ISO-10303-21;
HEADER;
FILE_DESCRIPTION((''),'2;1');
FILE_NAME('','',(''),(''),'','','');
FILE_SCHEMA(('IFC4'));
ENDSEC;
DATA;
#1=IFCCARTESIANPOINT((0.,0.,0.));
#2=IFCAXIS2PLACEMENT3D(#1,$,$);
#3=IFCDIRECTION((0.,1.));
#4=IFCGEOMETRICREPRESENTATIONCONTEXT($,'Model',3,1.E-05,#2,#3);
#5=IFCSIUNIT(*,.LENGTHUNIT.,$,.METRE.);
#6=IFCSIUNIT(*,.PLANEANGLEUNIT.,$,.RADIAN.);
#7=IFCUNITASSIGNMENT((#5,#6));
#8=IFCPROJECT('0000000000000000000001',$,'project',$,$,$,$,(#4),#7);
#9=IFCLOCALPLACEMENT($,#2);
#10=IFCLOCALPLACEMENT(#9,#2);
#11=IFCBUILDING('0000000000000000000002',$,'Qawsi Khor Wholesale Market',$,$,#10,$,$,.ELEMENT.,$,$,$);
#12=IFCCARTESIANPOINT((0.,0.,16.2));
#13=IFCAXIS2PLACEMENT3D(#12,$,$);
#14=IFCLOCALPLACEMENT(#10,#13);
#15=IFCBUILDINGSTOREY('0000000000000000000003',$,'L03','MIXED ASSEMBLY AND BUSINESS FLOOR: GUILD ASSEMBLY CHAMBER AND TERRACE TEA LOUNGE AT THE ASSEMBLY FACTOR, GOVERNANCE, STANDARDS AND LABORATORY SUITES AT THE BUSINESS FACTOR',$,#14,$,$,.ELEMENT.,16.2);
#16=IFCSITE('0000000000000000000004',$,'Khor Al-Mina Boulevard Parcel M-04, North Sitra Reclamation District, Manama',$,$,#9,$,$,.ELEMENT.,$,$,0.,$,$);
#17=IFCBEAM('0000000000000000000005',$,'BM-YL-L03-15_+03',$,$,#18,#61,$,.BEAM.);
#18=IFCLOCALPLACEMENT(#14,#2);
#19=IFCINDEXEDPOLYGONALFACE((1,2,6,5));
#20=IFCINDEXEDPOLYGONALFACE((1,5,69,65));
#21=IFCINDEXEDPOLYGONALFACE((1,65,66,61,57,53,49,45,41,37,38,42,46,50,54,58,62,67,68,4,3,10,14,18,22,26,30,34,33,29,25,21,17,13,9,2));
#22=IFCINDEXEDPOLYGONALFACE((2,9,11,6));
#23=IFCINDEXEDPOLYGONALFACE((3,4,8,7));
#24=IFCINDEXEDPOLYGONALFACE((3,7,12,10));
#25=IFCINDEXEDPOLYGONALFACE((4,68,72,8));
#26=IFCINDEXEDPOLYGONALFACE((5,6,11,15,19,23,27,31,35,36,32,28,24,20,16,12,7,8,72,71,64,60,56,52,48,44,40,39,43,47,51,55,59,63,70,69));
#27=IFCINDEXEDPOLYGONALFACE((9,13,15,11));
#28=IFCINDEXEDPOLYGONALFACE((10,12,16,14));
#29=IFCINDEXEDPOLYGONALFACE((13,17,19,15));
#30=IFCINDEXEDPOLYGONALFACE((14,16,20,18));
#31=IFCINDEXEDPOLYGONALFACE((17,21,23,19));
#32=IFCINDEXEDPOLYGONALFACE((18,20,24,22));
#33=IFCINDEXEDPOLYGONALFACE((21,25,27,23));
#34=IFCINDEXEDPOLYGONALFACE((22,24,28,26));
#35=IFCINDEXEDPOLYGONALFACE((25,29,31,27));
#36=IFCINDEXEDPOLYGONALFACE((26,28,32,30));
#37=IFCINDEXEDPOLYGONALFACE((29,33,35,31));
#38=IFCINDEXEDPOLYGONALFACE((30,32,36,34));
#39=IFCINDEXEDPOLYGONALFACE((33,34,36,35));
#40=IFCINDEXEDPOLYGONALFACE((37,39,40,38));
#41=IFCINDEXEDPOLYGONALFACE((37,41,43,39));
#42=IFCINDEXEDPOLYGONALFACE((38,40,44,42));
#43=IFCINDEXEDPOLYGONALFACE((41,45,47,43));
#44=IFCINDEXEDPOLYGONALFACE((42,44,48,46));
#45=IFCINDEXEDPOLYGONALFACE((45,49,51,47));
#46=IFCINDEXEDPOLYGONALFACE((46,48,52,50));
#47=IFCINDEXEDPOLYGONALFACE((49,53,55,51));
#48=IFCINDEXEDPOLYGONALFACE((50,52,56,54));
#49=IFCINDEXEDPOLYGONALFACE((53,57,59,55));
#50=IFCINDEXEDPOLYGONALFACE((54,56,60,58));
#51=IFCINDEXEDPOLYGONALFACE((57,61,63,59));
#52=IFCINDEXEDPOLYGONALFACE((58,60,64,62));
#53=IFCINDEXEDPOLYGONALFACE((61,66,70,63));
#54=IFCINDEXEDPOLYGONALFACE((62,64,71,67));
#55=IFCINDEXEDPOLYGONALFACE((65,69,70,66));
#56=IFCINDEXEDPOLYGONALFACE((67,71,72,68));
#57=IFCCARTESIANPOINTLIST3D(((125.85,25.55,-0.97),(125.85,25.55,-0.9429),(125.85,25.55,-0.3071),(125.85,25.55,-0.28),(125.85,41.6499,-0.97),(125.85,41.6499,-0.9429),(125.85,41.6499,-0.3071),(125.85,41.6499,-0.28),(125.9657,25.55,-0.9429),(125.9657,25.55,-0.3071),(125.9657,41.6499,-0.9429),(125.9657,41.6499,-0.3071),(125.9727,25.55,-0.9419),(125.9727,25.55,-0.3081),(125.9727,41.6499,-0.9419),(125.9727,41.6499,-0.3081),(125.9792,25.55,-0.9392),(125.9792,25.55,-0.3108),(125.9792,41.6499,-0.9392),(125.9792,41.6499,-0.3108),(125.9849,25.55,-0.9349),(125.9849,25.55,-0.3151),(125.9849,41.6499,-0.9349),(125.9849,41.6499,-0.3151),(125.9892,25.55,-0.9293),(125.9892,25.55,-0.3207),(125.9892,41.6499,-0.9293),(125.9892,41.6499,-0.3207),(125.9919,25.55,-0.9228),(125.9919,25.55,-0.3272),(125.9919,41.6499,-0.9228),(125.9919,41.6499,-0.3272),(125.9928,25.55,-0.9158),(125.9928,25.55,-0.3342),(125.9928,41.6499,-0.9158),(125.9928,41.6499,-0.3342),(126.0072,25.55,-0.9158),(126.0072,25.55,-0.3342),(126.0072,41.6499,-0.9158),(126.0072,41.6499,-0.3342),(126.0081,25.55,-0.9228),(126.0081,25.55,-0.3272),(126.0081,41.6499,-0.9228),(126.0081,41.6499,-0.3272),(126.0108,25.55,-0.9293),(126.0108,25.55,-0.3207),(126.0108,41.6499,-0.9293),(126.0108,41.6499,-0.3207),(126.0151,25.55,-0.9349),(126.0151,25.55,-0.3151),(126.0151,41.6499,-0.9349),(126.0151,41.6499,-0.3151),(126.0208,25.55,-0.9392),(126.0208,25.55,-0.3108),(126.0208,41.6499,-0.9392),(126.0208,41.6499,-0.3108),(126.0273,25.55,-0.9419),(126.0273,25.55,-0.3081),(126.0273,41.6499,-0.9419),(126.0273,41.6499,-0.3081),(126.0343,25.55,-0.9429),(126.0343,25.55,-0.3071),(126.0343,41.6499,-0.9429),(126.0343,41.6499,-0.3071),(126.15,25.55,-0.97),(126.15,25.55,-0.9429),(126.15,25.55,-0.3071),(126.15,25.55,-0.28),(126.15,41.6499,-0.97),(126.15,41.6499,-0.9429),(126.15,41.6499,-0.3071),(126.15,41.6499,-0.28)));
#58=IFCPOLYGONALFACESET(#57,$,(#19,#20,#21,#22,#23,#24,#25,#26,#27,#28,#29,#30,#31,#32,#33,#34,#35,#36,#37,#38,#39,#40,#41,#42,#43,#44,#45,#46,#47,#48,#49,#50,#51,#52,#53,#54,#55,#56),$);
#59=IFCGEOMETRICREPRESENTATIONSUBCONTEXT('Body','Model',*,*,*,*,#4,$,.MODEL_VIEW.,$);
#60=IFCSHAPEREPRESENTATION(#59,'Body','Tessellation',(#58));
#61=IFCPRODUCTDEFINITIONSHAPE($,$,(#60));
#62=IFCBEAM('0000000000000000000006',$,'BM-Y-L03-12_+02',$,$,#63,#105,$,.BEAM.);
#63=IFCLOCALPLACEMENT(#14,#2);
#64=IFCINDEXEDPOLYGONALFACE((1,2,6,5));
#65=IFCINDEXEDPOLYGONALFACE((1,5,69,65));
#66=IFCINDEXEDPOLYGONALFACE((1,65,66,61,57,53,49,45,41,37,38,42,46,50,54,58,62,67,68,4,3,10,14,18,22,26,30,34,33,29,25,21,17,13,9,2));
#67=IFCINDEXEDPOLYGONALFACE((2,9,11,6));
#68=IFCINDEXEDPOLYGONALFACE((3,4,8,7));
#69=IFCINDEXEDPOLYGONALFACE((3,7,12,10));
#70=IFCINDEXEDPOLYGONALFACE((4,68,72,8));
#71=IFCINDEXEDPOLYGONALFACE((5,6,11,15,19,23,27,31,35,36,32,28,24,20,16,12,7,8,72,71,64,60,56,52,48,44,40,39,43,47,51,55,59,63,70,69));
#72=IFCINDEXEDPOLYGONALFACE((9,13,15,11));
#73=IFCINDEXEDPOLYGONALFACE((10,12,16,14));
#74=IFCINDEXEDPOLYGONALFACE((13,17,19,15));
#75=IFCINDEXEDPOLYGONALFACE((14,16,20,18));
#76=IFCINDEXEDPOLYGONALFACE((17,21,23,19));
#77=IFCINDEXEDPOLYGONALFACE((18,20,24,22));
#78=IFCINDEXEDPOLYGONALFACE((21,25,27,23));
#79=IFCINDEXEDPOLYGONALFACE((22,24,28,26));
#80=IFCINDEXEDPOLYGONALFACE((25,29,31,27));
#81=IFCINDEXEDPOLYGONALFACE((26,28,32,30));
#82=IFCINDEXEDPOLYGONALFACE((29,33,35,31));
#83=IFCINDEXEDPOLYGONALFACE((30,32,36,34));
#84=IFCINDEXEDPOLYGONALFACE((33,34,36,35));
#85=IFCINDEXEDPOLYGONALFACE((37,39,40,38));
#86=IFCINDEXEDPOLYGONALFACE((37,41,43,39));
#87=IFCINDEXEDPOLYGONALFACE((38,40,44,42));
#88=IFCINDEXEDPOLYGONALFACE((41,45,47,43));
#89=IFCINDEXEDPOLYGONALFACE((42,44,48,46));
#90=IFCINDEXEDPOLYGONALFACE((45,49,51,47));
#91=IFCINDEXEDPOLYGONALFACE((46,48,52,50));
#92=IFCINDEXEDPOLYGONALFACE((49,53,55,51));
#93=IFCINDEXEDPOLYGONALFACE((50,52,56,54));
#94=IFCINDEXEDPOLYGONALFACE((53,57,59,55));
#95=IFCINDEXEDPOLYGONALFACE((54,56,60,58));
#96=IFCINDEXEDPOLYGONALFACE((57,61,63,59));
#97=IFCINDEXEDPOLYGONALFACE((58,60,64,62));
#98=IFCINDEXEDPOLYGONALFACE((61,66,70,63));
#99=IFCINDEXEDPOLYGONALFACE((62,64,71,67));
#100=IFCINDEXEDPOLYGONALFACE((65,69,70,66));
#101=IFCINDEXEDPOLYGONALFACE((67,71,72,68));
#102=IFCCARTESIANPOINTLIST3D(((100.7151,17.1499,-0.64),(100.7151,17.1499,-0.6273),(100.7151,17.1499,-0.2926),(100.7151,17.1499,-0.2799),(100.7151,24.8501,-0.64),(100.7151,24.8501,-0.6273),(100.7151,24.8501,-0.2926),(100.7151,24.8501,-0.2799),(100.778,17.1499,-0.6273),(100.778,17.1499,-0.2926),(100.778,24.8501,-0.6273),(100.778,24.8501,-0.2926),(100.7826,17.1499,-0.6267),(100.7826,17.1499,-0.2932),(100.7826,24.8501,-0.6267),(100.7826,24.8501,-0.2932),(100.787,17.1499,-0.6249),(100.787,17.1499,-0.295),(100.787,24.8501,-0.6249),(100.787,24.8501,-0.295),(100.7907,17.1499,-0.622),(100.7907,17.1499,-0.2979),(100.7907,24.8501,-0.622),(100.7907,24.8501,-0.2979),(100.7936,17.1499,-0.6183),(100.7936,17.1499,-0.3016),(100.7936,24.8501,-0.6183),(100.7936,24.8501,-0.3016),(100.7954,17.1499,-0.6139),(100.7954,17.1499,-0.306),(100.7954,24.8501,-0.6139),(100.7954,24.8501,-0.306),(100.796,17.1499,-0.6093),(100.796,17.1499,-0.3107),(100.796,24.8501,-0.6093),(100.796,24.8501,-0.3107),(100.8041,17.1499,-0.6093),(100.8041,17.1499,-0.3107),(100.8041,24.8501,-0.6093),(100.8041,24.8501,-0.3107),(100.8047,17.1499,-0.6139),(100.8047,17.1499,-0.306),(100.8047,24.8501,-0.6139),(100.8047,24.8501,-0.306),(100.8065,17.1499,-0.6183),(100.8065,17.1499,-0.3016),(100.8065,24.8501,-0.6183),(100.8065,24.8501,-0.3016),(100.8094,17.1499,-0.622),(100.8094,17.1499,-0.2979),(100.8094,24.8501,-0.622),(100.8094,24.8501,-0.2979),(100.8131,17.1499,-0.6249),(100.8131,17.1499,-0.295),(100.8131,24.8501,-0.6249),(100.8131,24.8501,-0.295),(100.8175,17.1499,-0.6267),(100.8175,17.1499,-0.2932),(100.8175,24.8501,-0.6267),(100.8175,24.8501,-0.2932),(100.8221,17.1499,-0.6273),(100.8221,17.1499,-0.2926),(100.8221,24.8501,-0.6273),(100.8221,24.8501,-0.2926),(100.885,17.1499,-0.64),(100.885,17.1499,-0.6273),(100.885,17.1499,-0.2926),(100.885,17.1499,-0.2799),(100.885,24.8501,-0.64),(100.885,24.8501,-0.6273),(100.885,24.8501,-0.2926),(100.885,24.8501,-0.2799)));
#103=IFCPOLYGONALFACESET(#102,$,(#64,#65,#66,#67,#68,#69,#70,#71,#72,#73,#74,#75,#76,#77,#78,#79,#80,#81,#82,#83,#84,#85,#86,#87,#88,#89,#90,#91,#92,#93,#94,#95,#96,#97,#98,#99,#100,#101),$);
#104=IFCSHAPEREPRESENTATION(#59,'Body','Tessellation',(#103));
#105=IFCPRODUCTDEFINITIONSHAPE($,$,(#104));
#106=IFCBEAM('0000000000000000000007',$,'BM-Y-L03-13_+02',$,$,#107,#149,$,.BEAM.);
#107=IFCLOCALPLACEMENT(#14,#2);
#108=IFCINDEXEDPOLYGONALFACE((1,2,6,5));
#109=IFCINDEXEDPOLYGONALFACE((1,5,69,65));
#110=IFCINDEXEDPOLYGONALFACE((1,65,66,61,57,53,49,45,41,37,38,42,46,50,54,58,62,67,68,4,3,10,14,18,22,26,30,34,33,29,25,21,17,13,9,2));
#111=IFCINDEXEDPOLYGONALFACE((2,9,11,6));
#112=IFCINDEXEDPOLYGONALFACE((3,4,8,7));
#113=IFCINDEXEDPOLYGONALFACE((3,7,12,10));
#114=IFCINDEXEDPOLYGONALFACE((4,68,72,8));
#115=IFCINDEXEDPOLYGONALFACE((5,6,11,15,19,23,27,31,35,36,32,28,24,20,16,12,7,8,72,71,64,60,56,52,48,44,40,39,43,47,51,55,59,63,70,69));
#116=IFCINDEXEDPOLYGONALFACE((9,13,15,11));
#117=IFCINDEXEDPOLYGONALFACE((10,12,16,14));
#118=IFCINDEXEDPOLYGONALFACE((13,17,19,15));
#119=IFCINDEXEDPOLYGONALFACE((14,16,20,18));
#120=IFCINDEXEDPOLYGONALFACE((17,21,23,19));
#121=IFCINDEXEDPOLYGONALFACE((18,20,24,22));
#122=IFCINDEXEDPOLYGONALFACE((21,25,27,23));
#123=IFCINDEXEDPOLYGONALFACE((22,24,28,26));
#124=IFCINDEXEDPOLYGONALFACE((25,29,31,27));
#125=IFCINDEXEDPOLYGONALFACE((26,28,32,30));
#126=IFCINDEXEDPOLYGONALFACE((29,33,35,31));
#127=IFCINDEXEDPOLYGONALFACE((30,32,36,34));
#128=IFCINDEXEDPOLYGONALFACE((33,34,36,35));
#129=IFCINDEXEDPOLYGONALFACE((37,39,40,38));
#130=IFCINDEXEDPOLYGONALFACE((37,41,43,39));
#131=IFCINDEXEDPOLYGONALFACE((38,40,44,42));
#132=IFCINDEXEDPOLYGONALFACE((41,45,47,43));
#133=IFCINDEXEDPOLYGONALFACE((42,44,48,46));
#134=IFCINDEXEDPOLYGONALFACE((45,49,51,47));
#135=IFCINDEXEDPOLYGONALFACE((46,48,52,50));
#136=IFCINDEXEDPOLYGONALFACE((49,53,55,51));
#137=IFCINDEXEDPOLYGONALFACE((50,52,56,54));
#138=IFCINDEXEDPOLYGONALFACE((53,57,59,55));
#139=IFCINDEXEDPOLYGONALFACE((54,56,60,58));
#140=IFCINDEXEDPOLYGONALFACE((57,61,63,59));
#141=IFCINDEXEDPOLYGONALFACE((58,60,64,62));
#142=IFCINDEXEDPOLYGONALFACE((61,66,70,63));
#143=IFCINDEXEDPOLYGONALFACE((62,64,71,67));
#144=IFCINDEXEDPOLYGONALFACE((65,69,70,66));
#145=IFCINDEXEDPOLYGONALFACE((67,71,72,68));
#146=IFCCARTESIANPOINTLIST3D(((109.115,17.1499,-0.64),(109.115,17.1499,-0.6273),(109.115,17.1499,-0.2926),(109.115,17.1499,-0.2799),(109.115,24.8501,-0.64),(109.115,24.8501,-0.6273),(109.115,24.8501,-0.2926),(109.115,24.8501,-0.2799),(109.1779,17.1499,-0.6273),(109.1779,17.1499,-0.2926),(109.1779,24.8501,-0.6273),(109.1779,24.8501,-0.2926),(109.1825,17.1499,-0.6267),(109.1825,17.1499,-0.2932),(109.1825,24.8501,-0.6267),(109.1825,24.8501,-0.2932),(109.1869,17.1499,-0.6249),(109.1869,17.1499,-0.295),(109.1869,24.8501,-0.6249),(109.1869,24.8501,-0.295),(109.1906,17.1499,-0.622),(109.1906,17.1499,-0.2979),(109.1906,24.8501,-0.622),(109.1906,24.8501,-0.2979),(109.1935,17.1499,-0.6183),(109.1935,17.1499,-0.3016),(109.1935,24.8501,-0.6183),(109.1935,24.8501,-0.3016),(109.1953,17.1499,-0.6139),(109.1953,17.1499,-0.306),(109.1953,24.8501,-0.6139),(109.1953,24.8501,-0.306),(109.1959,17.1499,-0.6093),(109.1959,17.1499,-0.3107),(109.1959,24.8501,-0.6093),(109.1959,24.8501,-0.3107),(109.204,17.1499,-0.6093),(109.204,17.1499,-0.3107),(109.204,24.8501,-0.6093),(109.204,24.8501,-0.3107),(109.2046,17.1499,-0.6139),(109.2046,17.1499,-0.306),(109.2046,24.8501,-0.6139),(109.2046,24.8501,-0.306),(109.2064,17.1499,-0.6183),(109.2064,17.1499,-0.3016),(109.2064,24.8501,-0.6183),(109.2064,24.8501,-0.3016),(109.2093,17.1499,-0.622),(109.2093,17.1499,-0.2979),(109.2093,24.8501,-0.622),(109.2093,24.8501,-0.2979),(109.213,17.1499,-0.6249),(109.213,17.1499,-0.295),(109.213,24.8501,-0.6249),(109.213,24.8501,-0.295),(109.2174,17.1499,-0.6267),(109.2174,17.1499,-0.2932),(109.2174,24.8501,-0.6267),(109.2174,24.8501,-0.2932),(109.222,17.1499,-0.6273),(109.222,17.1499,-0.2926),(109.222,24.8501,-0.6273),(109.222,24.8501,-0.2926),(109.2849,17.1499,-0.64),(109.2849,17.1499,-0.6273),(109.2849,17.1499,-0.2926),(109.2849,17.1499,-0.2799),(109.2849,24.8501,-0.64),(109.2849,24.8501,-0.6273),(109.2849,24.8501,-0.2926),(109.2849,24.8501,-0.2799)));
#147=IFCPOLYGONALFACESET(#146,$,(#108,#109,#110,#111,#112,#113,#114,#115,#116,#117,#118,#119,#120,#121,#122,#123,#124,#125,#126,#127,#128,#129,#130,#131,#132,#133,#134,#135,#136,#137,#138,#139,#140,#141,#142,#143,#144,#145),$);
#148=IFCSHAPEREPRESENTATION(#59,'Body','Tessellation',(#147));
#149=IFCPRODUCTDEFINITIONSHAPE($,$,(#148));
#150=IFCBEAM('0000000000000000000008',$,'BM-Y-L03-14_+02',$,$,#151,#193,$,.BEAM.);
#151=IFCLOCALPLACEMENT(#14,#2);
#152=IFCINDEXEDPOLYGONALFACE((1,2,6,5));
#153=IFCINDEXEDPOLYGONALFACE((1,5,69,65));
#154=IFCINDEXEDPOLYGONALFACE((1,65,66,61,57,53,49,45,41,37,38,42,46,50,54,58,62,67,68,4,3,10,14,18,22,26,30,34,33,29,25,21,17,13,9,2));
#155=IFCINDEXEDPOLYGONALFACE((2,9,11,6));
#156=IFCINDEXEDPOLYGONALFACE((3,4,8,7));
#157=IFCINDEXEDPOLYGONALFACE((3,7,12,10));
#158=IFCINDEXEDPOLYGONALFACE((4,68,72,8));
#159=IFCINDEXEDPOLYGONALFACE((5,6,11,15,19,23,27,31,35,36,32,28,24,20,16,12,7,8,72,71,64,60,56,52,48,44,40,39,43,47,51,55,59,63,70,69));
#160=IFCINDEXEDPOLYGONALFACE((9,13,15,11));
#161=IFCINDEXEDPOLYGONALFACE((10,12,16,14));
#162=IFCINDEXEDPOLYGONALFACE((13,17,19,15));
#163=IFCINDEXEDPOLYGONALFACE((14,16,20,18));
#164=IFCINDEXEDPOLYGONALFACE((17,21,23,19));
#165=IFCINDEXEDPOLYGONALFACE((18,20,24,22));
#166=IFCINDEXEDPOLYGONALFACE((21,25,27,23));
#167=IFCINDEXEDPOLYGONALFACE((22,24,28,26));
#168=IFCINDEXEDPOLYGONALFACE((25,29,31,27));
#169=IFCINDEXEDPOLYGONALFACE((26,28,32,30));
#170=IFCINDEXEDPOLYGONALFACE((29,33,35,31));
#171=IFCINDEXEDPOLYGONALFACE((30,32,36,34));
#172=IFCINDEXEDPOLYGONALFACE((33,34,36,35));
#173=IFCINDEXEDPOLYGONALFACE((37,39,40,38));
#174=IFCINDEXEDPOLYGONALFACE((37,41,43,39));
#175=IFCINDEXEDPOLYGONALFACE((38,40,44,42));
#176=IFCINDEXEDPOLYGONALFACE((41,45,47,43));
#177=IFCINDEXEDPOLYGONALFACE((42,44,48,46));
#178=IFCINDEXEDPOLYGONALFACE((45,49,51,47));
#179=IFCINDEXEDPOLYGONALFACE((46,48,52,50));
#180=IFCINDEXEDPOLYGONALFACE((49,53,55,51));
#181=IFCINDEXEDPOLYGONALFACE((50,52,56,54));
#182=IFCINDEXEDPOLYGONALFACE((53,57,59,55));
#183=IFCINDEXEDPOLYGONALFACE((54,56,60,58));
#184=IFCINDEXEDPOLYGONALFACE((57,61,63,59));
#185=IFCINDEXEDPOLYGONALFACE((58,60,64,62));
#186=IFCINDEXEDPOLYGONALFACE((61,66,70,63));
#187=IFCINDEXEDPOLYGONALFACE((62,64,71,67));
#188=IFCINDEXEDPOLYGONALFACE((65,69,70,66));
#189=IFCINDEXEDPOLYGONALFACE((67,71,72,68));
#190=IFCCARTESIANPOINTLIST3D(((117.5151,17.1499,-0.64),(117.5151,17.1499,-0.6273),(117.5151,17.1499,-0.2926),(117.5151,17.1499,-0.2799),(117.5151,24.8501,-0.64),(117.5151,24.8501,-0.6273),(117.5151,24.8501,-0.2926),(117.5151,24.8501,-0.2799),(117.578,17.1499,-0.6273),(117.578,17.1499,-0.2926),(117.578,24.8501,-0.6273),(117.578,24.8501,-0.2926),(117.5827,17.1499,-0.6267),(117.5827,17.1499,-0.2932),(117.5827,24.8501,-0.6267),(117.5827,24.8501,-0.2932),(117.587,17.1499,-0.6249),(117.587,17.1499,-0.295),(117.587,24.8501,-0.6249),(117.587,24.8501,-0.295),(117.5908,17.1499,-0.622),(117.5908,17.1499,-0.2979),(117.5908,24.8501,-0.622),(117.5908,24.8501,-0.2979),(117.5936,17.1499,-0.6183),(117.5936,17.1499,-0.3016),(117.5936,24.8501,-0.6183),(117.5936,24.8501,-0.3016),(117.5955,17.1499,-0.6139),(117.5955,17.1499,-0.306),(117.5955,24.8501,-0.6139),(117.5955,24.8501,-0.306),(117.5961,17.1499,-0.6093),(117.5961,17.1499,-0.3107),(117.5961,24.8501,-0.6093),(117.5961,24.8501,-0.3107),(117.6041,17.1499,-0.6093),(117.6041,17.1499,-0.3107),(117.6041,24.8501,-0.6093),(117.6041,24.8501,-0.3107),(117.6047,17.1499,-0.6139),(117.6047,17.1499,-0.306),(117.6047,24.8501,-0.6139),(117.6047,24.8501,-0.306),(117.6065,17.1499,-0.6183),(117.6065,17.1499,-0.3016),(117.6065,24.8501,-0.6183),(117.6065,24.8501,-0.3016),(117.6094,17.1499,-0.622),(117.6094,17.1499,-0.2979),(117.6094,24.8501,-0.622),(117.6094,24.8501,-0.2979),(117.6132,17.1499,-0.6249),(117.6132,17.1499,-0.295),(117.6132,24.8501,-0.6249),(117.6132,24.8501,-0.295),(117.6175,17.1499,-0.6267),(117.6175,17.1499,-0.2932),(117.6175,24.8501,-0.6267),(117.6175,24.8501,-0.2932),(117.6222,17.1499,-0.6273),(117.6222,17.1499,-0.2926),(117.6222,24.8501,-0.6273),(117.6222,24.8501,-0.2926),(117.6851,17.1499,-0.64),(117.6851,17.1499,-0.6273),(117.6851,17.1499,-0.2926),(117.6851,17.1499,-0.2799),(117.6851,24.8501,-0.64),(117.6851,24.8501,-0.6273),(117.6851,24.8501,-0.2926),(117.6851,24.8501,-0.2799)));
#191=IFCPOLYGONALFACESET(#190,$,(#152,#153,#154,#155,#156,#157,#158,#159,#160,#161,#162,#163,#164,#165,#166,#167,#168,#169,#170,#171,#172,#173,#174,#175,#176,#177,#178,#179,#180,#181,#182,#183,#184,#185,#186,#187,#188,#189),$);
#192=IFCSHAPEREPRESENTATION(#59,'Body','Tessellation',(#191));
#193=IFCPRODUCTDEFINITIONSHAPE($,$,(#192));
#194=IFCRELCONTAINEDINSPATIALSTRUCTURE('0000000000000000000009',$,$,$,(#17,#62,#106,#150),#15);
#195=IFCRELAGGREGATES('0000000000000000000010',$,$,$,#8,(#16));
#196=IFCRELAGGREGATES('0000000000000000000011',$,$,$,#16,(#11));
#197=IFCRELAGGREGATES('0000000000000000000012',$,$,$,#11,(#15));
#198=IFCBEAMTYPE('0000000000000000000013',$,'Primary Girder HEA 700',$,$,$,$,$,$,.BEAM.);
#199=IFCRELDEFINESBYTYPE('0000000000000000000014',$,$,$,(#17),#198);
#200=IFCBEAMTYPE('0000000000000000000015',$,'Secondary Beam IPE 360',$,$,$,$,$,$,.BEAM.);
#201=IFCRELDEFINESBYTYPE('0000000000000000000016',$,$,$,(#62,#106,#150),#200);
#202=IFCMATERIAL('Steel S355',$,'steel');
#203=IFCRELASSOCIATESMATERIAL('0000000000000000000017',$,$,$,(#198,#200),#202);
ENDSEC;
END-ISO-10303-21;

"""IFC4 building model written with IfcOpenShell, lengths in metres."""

from ifc_helpers import new_model, si_unit, direction, frame, origin, origin_2d, place, context, subcontext, project, spatial, i_section, extrude, material, material_profile, profile_set, type_object, element, save


model = new_model("IFC4")

# Units and contexts
model_context = context("Model", 3, precision=1e-05, world=origin(), true_north=direction((0.0, 1.0)))
body_context = subcontext(model_context, "Body", "Model", "MODEL_VIEW")
ifc_project = project(units=[si_unit("LENGTHUNIT", "METRE"), si_unit("PLANEANGLEUNIT", "RADIAN")], contexts=[model_context])

# Site, building, storey
site_placement = place(None, origin())
site = spatial("IfcSite", under=ifc_project, at=site_placement, Name="Khor Al-Mina Boulevard Parcel M-04, North Sitra Reclamation District, Manama", CompositionType="ELEMENT", RefElevation=0.0)
building_placement = place(site_placement, origin())
building = spatial("IfcBuilding", under=site, at=building_placement, Name="Qawsi Khor Wholesale Market", CompositionType="ELEMENT")
storey_placement = place(building_placement, frame((0.0, 0.0, 16.2)))
storey = spatial("IfcBuildingStorey", under=building, at=storey_placement, Name="L03", Description="MIXED ASSEMBLY AND BUSINESS FLOOR: GUILD ASSEMBLY CHAMBER AND TERRACE TEA LOUNGE AT THE ASSEMBLY FACTOR, GOVERNANCE, STANDARDS AND LABORATORY SUITES AT THE BUSINESS FACTOR", CompositionType="ELEMENT", Elevation=16.2)

# Beams
ifc_material_1 = material(Name="Steel S355", Category="steel")
ifc_material_profile_1 = material_profile(ifc_material_1, i_section(OverallWidth=0.3, OverallDepth=0.6899, WebThickness=0.0144, FlangeThickness=0.0271, FilletRadius=0.0271, at=origin_2d()), Name="HEA 700")
ifc_profile_set_1 = profile_set([ifc_material_profile_1], Name="Steel S355")
beam_type_1 = type_object("IfcBeamType", Name="Primary Girder HEA 700", PredefinedType="BEAM", material=ifc_profile_set_1)
for number, where, z_axis, x_axis, name in (
    (1, (126.0, 25.55, -0.625), (0.0, 1.0, 0.0), (-1.0, 0.0, 0.0), "BM-YL-L03-15_+03"),
):
    element("IfcBeam", number, at=place(storey_placement, frame(where, z_axis=z_axis, x_axis=x_axis)), inside=storey, type_object=beam_type_1, Name=name, PredefinedType="BEAM", context=body_context, shape_type="SweptSolid", body=[
        extrude(i_section(OverallWidth=0.3, OverallDepth=0.6899, WebThickness=0.0144, FlangeThickness=0.0271, FilletRadius=0.0271, at=origin_2d()), origin(), (0.0, 0.0, 1.0), 16.0999),
    ])
ifc_material_profile_2 = material_profile(ifc_material_1, i_section(OverallWidth=0.1699, OverallDepth=0.3601, WebThickness=0.0081, FlangeThickness=0.0127, FilletRadius=0.0181, at=origin_2d()), Name="IPE 360")
ifc_profile_set_2 = profile_set([ifc_material_profile_2], Name="Steel S355")
beam_type_2 = type_object("IfcBeamType", Name="Secondary Beam IPE 360", PredefinedType="BEAM", material=ifc_profile_set_2)
for number, where, z_axis, x_axis, name in (
    (2, (100.8, 17.1499, -0.46), (0.0, 1.0, 0.0), (-1.0, 0.0, 0.0), "BM-Y-L03-12_+02"),
    (3, (109.2, 17.1499, -0.46), (0.0, 1.0, 0.0), (-1.0, 0.0, 0.0), "BM-Y-L03-13_+02"),
    (4, (117.6001, 17.1499, -0.46), (0.0, 1.0, 0.0), (-1.0, 0.0, 0.0), "BM-Y-L03-14_+02"),
):
    element("IfcBeam", number, at=place(storey_placement, frame(where, z_axis=z_axis, x_axis=x_axis)), inside=storey, type_object=beam_type_2, Name=name, PredefinedType="BEAM", context=body_context, shape_type="SweptSolid", body=[
        extrude(i_section(OverallWidth=0.1699, OverallDepth=0.3601, WebThickness=0.0081, FlangeThickness=0.0127, FilletRadius=0.0181, at=origin_2d()), origin(), (0.0, 0.0, 1.0), 7.7002),
    ])

save(model, "model.ifc")
